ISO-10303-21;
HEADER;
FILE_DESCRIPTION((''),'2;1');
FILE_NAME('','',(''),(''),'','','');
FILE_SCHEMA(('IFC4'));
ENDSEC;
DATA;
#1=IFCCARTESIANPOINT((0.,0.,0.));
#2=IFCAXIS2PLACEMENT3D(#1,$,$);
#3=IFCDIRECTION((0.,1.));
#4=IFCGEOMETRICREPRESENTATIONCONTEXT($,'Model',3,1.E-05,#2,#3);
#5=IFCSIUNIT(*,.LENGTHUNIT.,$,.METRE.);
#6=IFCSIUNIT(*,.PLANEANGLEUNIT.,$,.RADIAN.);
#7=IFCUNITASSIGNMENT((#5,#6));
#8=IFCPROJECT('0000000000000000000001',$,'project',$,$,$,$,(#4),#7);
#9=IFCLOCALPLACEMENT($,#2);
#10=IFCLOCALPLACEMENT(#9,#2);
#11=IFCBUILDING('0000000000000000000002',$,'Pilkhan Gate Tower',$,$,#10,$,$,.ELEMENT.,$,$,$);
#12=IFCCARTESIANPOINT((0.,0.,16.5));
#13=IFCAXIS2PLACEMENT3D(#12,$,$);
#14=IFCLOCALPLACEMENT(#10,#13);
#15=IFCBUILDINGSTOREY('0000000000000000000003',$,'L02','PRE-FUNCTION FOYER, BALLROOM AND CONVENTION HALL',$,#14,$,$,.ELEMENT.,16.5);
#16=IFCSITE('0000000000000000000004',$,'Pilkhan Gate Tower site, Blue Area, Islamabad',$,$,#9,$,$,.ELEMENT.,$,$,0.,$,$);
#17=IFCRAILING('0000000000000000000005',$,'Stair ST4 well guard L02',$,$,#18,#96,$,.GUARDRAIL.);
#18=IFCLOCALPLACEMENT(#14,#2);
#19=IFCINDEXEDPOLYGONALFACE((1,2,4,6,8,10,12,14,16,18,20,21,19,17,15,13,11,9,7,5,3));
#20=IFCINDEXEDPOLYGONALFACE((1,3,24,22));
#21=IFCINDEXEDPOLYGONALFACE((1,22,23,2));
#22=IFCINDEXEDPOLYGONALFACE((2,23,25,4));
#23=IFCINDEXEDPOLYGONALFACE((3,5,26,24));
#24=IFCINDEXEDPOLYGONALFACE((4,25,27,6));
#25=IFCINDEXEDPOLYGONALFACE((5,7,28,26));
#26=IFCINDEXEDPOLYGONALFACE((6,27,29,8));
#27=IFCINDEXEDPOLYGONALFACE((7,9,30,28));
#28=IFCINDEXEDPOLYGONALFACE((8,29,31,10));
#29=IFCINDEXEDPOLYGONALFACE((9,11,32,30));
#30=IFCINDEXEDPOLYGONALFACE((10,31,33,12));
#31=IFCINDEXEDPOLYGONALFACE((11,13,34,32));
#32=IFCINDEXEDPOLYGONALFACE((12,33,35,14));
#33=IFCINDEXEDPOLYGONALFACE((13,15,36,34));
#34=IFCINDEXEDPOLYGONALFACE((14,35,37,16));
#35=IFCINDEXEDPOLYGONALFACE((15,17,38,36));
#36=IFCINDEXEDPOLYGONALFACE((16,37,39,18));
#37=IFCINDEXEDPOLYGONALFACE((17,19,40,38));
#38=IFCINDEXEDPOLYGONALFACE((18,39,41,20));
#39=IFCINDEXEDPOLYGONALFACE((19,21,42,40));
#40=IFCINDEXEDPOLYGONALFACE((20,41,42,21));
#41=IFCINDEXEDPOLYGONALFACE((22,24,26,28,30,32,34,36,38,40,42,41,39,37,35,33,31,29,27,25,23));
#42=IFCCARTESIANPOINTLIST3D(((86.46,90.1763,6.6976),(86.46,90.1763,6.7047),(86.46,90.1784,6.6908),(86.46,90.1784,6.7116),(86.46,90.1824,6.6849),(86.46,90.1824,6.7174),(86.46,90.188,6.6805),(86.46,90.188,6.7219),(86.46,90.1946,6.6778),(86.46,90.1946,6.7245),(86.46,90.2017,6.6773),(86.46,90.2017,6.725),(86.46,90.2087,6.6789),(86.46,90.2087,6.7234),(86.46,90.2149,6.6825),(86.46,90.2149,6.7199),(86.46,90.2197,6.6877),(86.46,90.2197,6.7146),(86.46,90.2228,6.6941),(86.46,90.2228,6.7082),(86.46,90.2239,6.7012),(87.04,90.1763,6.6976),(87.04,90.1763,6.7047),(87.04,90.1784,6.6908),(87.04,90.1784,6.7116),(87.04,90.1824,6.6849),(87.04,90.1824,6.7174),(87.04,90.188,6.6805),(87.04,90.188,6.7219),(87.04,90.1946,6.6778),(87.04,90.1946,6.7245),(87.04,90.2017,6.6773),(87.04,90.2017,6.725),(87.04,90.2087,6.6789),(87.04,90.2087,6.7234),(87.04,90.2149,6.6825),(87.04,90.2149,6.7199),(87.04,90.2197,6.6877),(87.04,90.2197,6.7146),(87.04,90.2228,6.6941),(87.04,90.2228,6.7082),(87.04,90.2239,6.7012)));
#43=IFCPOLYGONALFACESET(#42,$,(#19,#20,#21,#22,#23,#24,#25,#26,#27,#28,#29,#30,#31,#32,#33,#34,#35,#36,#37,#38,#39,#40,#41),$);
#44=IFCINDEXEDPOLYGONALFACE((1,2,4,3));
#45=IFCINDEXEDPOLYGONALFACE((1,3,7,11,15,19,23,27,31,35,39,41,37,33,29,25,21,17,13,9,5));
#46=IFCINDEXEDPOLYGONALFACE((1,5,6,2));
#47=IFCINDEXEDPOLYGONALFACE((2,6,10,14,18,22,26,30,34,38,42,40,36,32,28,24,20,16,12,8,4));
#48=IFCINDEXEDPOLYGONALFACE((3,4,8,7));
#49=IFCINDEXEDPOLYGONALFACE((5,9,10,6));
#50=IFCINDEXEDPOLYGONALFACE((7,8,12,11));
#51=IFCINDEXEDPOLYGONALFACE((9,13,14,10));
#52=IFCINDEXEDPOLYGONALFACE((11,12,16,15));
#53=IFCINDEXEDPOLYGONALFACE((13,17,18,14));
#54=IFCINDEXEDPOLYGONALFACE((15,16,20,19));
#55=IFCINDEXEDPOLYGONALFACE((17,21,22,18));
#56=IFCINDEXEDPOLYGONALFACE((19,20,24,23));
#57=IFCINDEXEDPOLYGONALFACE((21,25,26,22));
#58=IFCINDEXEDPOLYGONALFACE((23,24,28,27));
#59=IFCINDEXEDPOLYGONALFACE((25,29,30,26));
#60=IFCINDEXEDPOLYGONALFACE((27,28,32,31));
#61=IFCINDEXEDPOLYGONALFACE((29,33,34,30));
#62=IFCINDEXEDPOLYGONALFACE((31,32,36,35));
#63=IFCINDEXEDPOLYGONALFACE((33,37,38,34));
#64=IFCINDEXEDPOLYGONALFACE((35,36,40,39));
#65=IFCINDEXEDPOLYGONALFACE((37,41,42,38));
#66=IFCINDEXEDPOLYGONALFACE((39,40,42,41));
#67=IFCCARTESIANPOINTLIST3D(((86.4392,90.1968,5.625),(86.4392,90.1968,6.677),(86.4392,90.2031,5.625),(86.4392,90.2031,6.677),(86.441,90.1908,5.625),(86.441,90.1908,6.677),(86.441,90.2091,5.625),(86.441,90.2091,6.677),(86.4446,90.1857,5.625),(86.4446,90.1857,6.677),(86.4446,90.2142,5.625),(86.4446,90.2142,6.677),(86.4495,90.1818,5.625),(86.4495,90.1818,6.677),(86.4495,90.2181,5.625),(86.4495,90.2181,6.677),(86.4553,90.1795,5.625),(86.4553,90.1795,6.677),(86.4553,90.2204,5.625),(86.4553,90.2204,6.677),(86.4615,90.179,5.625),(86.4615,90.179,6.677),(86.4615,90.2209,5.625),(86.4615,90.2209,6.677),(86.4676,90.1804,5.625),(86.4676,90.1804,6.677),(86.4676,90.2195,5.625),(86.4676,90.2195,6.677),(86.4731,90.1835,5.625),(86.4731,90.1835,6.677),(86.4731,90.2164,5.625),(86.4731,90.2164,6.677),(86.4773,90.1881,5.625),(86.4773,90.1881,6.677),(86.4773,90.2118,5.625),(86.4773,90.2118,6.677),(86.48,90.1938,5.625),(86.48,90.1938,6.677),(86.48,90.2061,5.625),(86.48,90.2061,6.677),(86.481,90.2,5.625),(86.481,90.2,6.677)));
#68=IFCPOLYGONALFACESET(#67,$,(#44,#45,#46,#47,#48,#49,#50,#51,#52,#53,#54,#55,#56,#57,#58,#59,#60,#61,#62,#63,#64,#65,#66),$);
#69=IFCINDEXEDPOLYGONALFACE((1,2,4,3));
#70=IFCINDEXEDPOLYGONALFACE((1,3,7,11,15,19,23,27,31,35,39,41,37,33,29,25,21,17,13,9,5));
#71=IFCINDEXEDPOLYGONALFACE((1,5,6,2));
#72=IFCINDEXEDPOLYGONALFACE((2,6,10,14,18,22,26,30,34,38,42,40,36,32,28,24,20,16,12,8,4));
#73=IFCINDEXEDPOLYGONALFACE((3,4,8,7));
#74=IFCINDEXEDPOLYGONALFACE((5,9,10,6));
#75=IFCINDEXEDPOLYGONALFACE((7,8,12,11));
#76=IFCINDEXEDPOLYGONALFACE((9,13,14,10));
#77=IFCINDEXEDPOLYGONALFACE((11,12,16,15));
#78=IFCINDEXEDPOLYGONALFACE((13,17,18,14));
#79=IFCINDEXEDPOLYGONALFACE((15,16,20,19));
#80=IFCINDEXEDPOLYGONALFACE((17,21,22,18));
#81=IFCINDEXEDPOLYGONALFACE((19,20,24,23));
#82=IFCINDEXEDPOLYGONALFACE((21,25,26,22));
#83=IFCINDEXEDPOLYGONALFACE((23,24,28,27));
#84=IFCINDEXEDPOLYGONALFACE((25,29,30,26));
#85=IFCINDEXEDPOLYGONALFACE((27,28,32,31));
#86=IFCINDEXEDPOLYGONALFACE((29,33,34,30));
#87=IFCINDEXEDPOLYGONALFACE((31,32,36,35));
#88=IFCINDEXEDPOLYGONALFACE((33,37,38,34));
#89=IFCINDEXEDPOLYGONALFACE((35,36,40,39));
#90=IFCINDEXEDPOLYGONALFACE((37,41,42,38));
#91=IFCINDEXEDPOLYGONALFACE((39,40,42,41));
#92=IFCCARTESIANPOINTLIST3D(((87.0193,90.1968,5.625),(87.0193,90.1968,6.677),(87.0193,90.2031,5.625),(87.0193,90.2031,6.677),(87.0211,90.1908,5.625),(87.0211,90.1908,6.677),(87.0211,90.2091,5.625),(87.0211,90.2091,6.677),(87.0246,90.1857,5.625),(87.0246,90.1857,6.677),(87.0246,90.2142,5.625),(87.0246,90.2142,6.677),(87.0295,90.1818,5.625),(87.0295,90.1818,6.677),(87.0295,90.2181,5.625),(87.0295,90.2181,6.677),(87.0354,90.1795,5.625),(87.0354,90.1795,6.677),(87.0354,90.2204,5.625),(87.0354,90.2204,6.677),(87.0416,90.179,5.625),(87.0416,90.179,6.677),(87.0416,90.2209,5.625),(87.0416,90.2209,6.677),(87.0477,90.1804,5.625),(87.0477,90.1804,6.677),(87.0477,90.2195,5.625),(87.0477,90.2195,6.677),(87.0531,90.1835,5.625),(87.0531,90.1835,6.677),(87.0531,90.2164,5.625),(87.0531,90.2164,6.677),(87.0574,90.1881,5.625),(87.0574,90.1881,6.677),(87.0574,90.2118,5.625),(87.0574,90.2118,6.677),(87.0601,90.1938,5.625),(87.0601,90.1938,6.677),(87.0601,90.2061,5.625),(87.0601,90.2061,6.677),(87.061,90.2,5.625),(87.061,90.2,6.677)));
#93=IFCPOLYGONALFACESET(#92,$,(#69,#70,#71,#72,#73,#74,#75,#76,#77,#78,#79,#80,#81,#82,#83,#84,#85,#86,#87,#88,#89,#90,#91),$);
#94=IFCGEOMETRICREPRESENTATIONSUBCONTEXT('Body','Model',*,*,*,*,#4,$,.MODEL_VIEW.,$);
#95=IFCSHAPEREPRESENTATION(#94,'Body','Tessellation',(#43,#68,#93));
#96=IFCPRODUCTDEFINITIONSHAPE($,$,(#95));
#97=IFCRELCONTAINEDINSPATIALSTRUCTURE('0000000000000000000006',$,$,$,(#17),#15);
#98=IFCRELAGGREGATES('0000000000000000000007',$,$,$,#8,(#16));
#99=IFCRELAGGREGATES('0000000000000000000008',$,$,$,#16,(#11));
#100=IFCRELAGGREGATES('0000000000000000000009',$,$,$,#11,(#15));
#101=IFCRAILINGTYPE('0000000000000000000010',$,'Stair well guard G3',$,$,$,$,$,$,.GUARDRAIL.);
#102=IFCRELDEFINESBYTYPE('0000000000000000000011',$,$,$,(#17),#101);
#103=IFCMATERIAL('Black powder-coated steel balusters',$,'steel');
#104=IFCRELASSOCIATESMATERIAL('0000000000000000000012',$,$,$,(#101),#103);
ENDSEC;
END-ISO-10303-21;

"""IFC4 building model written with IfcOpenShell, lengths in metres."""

from ifc_helpers import new_model, si_unit, direction, frame, origin, origin_2d, place, context, subcontext, project, spatial, circle, extrude, material, type_object, element, save


model = new_model("IFC4")

# Units and contexts
model_context = context("Model", 3, precision=1e-05, world=origin(), true_north=direction((0.0, 1.0)))
body_context = subcontext(model_context, "Body", "Model", "MODEL_VIEW")
ifc_project = project(units=[si_unit("LENGTHUNIT", "METRE"), si_unit("PLANEANGLEUNIT", "RADIAN")], contexts=[model_context])

# Site, building, storey
site_placement = place(None, origin())
site = spatial("IfcSite", under=ifc_project, at=site_placement, Name="Pilkhan Gate Tower site, Blue Area, Islamabad", CompositionType="ELEMENT", RefElevation=0.0)
building_placement = place(site_placement, origin())
building = spatial("IfcBuilding", under=site, at=building_placement, Name="Pilkhan Gate Tower", CompositionType="ELEMENT")
storey_placement = place(building_placement, frame((0.0, 0.0, 16.5)))
storey = spatial("IfcBuildingStorey", under=building, at=storey_placement, Name="L02", Description="PRE-FUNCTION FOYER, BALLROOM AND CONVENTION HALL", CompositionType="ELEMENT", Elevation=16.5)

# Railing
ifc_material_1 = material(Name="Black powder-coated steel balusters", Category="steel")
railing_type_1 = type_object("IfcRailingType", Name="Stair well guard G3", PredefinedType="GUARDRAIL", material=ifc_material_1)
for number, where, name in (
    (1, (86.46, 90.2, 5.625), "Stair ST4 well guard L02"),
):
    element("IfcRailing", number, at=place(storey_placement, frame(where)), inside=storey, type_object=railing_type_1, Name=name, PredefinedType="GUARDRAIL", context=body_context, shape_type="SweptSolid", body=[
        extrude(circle(Radius=0.0239, at=origin_2d()), frame((0.0, 0.0, 1.0762), z_axis=(1.0, 0.0, 0.0), x_axis=(0.0, 1.0, 0.0)), (0.0, 0.0, 1.0), 0.5801),
        extrude(circle(Radius=0.021, at=origin_2d()), origin(), (0.0, 0.0, 1.0), 1.052),
        extrude(circle(Radius=0.021, at=origin_2d()), frame((0.5801, 0.0, 0.0)), (0.0, 0.0, 1.0), 1.052),
    ])

save(model, "model.ifc")
